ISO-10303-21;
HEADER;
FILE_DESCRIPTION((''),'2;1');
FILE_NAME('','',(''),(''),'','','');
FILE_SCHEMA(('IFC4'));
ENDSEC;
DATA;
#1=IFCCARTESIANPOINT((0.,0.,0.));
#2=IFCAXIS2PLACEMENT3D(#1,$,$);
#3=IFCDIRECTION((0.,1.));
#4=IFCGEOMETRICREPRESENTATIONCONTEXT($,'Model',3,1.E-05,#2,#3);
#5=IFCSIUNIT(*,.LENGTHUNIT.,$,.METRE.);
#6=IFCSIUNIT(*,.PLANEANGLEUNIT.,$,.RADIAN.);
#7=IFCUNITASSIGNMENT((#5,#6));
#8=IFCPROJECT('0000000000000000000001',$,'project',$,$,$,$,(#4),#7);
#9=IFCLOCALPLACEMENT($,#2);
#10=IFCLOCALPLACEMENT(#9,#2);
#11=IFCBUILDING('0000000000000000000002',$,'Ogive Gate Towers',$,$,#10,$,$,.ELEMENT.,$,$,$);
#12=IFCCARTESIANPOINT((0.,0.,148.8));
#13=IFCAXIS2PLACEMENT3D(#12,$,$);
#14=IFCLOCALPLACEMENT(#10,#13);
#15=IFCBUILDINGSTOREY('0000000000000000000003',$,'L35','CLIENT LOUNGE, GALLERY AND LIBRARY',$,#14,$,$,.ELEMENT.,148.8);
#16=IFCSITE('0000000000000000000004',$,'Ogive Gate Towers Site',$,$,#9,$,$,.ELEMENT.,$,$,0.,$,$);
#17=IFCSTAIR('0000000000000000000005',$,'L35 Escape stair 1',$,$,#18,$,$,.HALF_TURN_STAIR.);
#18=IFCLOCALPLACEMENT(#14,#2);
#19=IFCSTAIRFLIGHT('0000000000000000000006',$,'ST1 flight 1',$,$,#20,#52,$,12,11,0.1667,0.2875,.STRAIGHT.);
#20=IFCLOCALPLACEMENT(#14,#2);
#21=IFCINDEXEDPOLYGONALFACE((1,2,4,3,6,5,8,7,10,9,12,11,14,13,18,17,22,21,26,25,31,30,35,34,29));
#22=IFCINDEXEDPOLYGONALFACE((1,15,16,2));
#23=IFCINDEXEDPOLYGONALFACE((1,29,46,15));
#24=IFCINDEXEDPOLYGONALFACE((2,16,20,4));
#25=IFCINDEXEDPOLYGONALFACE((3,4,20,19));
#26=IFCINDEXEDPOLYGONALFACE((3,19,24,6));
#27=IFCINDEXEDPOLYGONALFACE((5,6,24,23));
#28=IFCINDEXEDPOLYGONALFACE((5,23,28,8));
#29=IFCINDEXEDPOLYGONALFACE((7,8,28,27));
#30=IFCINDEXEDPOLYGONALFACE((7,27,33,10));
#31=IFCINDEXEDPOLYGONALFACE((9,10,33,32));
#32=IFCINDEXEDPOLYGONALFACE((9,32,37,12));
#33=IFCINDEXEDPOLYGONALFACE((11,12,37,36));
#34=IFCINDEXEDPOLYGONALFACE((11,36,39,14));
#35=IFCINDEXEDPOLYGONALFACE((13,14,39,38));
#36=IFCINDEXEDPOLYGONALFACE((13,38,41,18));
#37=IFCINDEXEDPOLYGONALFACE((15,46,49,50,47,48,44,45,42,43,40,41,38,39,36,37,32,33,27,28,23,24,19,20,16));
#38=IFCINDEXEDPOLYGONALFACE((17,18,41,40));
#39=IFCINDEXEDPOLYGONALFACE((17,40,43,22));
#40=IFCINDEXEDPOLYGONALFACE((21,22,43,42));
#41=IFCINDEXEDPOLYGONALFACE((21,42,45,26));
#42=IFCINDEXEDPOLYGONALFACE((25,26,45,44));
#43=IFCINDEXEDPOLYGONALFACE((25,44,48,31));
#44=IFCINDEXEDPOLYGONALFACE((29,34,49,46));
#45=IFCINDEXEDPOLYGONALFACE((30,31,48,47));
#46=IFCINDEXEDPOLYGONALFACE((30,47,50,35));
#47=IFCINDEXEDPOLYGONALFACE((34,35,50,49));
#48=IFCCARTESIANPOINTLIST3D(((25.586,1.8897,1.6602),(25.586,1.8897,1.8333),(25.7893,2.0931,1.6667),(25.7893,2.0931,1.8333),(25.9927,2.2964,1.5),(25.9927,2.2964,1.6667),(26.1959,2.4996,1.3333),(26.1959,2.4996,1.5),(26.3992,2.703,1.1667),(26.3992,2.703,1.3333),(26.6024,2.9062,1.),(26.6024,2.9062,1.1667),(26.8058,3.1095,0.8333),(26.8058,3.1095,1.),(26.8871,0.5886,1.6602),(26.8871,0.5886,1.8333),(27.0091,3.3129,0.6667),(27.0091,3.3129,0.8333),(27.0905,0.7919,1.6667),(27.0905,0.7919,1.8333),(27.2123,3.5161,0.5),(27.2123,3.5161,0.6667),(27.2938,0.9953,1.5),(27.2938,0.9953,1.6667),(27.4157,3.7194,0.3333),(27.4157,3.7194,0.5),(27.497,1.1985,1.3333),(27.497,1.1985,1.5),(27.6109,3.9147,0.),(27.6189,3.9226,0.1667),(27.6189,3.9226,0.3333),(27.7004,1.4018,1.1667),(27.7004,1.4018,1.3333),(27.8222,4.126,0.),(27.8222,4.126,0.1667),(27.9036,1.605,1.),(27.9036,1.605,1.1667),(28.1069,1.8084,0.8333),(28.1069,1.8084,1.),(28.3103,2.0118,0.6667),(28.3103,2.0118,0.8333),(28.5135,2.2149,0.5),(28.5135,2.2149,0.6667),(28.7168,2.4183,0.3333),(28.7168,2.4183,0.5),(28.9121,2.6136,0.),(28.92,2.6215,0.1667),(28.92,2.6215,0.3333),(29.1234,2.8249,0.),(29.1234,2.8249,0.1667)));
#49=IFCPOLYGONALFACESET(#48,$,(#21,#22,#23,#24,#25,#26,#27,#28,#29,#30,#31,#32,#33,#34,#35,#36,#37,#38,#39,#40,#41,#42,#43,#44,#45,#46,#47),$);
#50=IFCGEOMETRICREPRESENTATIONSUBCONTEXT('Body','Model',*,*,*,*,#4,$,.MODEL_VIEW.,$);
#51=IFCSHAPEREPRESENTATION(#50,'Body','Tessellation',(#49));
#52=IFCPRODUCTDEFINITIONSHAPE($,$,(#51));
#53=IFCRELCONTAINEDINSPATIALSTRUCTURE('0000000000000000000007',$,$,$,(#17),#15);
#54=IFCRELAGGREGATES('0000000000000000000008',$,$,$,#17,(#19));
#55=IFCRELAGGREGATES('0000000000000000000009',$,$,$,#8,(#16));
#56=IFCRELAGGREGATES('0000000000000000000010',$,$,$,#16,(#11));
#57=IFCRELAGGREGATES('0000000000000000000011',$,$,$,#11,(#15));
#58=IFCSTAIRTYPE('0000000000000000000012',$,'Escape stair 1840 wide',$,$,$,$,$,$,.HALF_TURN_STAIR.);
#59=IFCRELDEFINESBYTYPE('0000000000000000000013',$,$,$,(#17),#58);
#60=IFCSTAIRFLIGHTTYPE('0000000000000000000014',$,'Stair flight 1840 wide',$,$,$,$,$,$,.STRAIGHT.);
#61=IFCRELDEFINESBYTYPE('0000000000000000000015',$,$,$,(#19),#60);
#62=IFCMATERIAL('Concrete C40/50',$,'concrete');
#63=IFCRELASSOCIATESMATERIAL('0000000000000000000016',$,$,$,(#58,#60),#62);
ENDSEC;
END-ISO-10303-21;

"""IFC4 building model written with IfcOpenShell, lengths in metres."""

from ifc_helpers import new_model, si_unit, direction, frame, origin, place, context, subcontext, project, spatial, polyline, outline, extrude, material, type_object, element, aggregate, save


model = new_model("IFC4")

# Units and contexts
model_context = context("Model", 3, precision=1e-05, world=origin(), true_north=direction((0.0, 1.0)))
body_context = subcontext(model_context, "Body", "Model", "MODEL_VIEW")
ifc_project = project(units=[si_unit("LENGTHUNIT", "METRE"), si_unit("PLANEANGLEUNIT", "RADIAN")], contexts=[model_context])

# Site, building, storey
site_placement = place(None, origin())
site = spatial("IfcSite", under=ifc_project, at=site_placement, Name="Ogive Gate Towers Site", CompositionType="ELEMENT", RefElevation=0.0)
building_placement = place(site_placement, origin())
building = spatial("IfcBuilding", under=site, at=building_placement, Name="Ogive Gate Towers", CompositionType="ELEMENT")
storey_placement = place(building_placement, frame((0.0, 0.0, 148.8)))
storey = spatial("IfcBuildingStorey", under=building, at=storey_placement, Name="L35", Description="CLIENT LOUNGE, GALLERY AND LIBRARY", CompositionType="ELEMENT", Elevation=148.8)

# Shared definitions
ifc_material_1 = material(Name="Concrete C40/50", Category="concrete")

# Stair, stair flight
stair_type = type_object("IfcStairType", Name="Escape stair 1840 wide", PredefinedType="HALF_TURN_STAIR", material=ifc_material_1)
stair_placement = place(storey_placement, origin())
stair = element("IfcStair", 1, at=stair_placement, inside=storey, type_object=stair_type, Name="L35 Escape stair 1", PredefinedType="HALF_TURN_STAIR")
stair_flight_type = type_object("IfcStairFlightType", Name="Stair flight 1840 wide", PredefinedType="STRAIGHT", material=ifc_material_1)
stair_flight_placement = place(storey_placement, frame((28.4729, 3.4753, 0.0), z_axis=(0.0, 0.0, 1.0), x_axis=(-0.707107, -0.707107, 0.0)))
stair_flight = element("IfcStairFlight", 2, at=stair_flight_placement, type_object=stair_flight_type, Name="ST1 flight 1", NumberOfRisers=12, NumberOfTreads=11, PredefinedType="STRAIGHT", RiserHeight=0.1667, TreadLength=0.2875, context=body_context, shape_type="SweptSolid", body=[
    extrude(outline(polyline([(0.0, 0.0), (0.0, 0.1667), (0.2876, 0.1667), (0.2876, 0.3333), (0.575, 0.3333), (0.575, 0.5), (0.8625, 0.5), (0.8625, 0.6667), (1.1499, 0.6667), (1.1499, 0.8333), (1.4375, 0.8333), (1.4375, 1.0), (1.7251, 1.0), (1.7251, 1.1667), (2.0125, 1.1667), (2.0125, 1.3333), (2.3, 1.3333), (2.3, 1.5), (2.5874, 1.5), (2.5874, 1.6667), (2.875, 1.6667), (2.875, 1.8333), (3.1626, 1.8333), (3.1626, 2.0), (3.1626, 1.6602), (0.2988, 0.0), (0.0, 0.0)])), frame((0.0, 0.9199, 0.0), z_axis=(0.0, -1.0, 0.0), x_axis=(1.0, 0.0, 0.0)), (0.0, 0.0, 1.0), 1.8401),
])
aggregate(stair, [stair_flight])

save(model, "model.ifc")
